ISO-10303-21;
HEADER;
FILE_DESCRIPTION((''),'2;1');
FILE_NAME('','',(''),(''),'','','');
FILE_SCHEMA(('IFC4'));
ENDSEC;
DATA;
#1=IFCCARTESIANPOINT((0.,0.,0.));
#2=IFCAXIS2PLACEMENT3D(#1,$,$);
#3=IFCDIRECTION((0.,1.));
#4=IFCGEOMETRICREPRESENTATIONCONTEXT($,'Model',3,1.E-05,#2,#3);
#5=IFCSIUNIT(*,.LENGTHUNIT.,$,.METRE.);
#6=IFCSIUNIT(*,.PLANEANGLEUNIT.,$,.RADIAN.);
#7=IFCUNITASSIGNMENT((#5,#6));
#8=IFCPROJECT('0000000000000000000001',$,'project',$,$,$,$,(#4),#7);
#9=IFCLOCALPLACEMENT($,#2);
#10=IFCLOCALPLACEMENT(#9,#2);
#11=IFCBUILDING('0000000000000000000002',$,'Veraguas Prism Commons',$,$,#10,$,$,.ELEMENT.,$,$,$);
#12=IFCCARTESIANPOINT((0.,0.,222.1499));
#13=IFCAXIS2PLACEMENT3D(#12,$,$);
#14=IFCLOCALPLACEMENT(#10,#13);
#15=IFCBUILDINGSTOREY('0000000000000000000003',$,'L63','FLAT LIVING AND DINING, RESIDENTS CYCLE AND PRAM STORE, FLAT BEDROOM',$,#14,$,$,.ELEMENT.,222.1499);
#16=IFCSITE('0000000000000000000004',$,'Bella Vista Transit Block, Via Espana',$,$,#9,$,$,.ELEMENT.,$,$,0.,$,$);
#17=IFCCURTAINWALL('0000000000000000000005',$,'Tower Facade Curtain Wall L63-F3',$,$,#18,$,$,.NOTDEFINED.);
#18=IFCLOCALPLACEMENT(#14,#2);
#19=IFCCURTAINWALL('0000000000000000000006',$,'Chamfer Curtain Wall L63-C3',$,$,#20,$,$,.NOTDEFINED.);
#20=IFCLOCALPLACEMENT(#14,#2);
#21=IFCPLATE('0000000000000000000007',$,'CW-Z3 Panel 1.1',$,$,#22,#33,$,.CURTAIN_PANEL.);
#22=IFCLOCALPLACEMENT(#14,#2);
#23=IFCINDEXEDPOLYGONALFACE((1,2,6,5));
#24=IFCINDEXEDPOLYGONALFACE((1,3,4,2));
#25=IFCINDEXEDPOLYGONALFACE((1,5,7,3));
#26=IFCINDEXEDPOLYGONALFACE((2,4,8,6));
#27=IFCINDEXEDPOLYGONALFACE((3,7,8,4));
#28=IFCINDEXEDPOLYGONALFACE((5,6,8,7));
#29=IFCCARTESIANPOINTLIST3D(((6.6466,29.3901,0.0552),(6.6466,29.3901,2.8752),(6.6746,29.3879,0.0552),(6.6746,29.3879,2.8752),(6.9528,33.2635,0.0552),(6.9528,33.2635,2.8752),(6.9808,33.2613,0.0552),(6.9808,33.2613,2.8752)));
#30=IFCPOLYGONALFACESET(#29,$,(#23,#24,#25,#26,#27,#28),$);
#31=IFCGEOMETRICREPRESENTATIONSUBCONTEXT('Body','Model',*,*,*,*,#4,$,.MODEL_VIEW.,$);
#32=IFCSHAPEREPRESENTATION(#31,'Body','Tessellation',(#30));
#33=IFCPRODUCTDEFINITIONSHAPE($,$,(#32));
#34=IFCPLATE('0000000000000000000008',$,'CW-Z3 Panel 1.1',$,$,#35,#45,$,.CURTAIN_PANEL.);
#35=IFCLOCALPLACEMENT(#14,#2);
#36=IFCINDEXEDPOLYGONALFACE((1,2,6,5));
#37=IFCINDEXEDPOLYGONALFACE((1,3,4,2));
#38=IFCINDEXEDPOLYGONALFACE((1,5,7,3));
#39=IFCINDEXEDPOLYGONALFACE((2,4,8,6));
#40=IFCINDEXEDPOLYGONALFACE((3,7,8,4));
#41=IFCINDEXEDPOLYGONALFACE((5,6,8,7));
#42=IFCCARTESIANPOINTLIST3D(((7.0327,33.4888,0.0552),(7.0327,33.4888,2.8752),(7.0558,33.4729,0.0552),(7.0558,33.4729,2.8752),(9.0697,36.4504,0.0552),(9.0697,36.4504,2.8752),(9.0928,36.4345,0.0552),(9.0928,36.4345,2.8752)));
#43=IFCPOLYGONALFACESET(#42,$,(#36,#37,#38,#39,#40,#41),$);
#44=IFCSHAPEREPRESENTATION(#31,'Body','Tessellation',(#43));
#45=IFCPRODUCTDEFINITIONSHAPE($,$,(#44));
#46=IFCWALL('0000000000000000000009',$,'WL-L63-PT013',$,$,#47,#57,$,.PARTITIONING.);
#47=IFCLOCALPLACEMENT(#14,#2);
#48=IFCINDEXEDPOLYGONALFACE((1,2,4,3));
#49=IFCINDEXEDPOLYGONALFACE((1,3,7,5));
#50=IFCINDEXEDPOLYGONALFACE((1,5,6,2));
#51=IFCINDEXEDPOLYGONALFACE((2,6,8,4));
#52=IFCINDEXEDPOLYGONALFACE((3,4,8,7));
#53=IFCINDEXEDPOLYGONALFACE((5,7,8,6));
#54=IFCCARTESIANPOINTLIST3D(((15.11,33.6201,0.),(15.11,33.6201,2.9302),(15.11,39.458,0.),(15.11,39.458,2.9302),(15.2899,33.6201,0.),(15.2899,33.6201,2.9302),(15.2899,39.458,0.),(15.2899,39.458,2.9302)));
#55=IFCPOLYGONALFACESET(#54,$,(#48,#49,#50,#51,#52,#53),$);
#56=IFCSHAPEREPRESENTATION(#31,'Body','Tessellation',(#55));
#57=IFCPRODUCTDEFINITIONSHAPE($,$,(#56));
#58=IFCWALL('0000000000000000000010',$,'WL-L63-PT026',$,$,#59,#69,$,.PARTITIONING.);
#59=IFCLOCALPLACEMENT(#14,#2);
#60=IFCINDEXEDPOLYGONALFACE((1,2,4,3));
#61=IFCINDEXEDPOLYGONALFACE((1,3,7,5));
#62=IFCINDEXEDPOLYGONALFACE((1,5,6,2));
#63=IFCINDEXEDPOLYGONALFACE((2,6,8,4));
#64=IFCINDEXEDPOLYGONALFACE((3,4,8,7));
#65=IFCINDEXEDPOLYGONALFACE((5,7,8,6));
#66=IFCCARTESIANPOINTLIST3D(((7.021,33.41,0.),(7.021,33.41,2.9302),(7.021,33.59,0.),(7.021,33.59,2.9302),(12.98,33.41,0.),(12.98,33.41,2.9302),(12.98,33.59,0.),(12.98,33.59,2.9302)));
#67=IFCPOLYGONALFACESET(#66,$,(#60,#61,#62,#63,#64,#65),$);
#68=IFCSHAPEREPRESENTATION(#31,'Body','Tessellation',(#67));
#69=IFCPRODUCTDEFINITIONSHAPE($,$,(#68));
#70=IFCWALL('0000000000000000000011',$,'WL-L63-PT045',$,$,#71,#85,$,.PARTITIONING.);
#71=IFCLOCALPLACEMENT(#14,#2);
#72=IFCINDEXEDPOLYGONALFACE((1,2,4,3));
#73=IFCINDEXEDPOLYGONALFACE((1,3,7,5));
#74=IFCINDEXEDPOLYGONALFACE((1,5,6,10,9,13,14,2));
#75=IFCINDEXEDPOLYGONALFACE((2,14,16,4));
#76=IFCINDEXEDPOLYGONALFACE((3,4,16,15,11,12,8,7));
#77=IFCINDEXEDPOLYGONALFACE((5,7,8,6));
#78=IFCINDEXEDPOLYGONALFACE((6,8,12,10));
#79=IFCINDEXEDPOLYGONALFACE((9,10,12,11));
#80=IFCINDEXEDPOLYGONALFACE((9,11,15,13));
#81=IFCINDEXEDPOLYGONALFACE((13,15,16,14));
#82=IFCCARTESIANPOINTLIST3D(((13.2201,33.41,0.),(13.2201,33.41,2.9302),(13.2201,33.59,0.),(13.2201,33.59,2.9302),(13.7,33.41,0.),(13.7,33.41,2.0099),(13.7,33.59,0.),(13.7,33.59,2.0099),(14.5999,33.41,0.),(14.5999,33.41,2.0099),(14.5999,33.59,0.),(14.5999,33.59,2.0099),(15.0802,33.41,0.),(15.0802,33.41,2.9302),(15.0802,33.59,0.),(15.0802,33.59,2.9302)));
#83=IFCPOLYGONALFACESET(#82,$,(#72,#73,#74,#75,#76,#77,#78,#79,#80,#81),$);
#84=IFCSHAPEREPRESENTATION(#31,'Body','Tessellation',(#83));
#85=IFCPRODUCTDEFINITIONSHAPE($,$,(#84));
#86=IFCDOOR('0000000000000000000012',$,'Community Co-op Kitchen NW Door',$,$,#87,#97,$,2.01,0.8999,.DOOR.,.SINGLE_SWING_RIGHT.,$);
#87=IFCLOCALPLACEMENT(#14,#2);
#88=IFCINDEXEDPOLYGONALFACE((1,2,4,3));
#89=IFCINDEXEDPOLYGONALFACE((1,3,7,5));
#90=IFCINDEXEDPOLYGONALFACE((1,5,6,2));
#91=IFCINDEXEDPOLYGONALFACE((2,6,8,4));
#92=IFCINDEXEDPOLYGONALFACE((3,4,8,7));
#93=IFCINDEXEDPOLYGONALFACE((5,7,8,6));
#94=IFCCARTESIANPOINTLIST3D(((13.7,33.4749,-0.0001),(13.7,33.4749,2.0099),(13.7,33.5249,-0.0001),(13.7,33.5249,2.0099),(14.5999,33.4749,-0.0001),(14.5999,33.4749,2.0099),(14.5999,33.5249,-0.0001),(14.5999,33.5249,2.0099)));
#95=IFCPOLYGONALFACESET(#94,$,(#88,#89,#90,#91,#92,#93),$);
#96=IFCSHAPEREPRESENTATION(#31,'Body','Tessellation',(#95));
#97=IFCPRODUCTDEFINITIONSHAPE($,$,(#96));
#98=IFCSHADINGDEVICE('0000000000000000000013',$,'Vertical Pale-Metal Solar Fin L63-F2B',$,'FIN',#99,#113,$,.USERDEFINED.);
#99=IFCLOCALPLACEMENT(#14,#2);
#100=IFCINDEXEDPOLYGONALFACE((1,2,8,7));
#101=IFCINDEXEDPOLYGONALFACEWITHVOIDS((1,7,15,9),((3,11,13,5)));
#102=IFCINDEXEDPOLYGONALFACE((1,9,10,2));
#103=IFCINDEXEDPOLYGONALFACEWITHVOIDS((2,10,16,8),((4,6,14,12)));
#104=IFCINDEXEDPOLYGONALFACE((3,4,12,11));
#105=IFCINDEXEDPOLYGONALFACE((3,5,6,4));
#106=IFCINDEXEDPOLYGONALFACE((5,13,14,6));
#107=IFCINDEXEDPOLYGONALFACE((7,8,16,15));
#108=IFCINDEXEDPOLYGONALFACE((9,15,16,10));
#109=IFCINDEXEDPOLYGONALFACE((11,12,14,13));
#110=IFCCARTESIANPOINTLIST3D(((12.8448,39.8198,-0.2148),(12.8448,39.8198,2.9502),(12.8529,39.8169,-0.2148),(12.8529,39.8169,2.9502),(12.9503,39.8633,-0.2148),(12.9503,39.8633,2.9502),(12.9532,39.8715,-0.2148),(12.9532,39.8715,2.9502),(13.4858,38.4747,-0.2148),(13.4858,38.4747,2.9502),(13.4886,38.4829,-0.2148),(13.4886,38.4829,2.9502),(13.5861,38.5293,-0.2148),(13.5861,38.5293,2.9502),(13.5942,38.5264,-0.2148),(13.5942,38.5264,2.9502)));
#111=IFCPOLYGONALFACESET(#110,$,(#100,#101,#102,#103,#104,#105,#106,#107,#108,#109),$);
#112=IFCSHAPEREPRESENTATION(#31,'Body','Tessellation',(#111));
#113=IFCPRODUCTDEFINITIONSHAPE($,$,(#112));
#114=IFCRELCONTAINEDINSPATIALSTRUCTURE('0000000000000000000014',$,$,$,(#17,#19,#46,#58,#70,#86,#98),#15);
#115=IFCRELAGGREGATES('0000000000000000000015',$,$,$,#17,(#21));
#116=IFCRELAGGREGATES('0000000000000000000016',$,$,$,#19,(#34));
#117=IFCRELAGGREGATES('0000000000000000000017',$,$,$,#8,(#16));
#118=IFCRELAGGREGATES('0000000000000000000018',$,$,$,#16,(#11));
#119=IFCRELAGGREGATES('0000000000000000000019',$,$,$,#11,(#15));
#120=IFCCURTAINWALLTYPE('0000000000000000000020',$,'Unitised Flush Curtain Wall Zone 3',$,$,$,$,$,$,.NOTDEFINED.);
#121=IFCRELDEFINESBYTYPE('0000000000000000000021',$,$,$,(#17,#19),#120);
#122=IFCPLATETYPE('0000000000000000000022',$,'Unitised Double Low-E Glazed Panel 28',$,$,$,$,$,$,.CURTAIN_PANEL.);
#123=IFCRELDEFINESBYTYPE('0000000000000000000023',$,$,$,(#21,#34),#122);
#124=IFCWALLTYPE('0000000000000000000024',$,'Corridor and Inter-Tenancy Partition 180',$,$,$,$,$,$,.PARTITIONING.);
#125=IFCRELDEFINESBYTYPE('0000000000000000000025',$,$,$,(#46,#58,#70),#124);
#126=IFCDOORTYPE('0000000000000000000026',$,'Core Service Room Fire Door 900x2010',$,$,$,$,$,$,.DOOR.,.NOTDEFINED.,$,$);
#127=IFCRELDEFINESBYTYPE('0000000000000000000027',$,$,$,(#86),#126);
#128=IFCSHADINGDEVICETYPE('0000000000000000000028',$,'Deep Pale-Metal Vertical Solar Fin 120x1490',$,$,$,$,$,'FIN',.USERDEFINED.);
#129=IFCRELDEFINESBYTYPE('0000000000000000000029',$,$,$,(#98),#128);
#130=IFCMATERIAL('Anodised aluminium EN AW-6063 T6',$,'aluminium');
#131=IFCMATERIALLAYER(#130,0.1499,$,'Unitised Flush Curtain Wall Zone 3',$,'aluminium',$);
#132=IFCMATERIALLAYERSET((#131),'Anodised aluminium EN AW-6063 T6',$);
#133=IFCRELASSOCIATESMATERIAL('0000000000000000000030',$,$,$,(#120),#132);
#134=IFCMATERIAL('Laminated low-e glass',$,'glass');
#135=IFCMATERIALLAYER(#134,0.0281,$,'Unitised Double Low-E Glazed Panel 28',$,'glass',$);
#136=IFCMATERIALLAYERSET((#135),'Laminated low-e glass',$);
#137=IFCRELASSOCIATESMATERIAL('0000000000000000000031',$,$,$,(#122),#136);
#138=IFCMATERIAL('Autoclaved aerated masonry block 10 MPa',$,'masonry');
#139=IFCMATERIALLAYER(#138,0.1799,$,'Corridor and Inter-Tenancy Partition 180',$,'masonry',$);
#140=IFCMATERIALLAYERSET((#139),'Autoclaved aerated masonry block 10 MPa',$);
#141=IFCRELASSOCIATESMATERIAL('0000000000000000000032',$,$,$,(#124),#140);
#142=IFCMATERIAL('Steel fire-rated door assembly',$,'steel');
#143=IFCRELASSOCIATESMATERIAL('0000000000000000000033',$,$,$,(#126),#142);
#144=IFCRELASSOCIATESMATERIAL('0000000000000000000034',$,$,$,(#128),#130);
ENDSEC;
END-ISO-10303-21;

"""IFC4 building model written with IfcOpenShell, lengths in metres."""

from ifc_helpers import new_model, si_unit, direction, frame, frame_2d, origin, origin_2d, place, context, subcontext, project, spatial, rectangle, hollow_rectangle, extrude, source, transform, mapped, material, layer, layer_set, material_profile, profile_set, type_object, element, fill, aggregate, save


model = new_model("IFC4")

# Units and contexts
model_context = context("Model", 3, precision=1e-05, world=origin(), true_north=direction((0.0, 1.0)))
body_context = subcontext(model_context, "Body", "Model", "MODEL_VIEW")
ifc_project = project(units=[si_unit("LENGTHUNIT", "METRE"), si_unit("PLANEANGLEUNIT", "RADIAN")], contexts=[model_context])

# Site, building, storey
site_placement = place(None, origin())
site = spatial("IfcSite", under=ifc_project, at=site_placement, Name="Bella Vista Transit Block, Via Espana", CompositionType="ELEMENT", RefElevation=0.0)
building_placement = place(site_placement, origin())
building = spatial("IfcBuilding", under=site, at=building_placement, Name="Veraguas Prism Commons", CompositionType="ELEMENT")
storey_placement = place(building_placement, frame((0.0, 0.0, 222.1499)))
storey = spatial("IfcBuildingStorey", under=building, at=storey_placement, Name="L63", Description="FLAT LIVING AND DINING, RESIDENTS CYCLE AND PRAM STORE, FLAT BEDROOM", CompositionType="ELEMENT", Elevation=222.1499)

# Curtain walls
ifc_material_1 = material(Name="Anodised aluminium EN AW-6063 T6", Category="aluminium")
ifc_layer_1 = layer(ifc_material_1, 0.1499, Name="Unitised Flush Curtain Wall Zone 3", Category="aluminium")
ifc_layer_set_1 = layer_set([ifc_layer_1], Name="Anodised aluminium EN AW-6063 T6")
curtain_wall_type = type_object("IfcCurtainWallType", Name="Unitised Flush Curtain Wall Zone 3", PredefinedType="NOTDEFINED", material=ifc_layer_set_1)
curtain_wall_1_placement = place(storey_placement, origin())
curtain_wall_1 = element("IfcCurtainWall", 1, at=curtain_wall_1_placement, inside=storey, type_object=curtain_wall_type, Name="Tower Facade Curtain Wall L63-F3", PredefinedType="NOTDEFINED")
curtain_wall_2_placement = place(storey_placement, origin())
curtain_wall_2 = element("IfcCurtainWall", 2, at=curtain_wall_2_placement, inside=storey, type_object=curtain_wall_type, Name="Chamfer Curtain Wall L63-C3", PredefinedType="NOTDEFINED")

# Plates
ifc_material_2 = material(Name="Laminated low-e glass", Category="glass")
ifc_layer_2 = layer(ifc_material_2, 0.0281, Name="Unitised Double Low-E Glazed Panel 28", Category="glass")
ifc_layer_set_2 = layer_set([ifc_layer_2], Name="Laminated low-e glass")
plate_type = type_object("IfcPlateType", Name="Unitised Double Low-E Glazed Panel 28", PredefinedType="CURTAIN_PANEL", material=ifc_layer_set_2)
shared_shape_1 = source(origin(), body_context, "Body", "SweptSolid", [
    extrude(rectangle(XDim=3.8855, YDim=0.0281, at=origin_2d()), origin(), (0.0, 0.0, 1.0), 2.8201),
])
plate_1_placement = place(storey_placement, frame((6.8137, 31.3257, 0.0552), z_axis=(0.0, 0.0, 1.0), x_axis=(-0.078812, -0.996889, 0.0)))
plate_1 = element("IfcPlate", 3, at=plate_1_placement, type_object=plate_type, Name="CW-Z3 Panel 1.1", PredefinedType="CURTAIN_PANEL", context=body_context, shape_type="MappedRepresentation", body=[
    mapped(shared_shape_1, transform((0.0, 0.0, 0.0), scale=1.0)),
])
aggregate(curtain_wall_1, [plate_1])
shared_shape_2 = source(origin(), body_context, "Body", "SweptSolid", [
    extrude(rectangle(XDim=3.5945, YDim=0.0281, at=origin_2d()), origin(), (0.0, 0.0, 1.0), 2.8201),
])
plate_2_placement = place(storey_placement, frame((8.0627, 34.9617, 0.0552), z_axis=(0.0, 0.0, 1.0), x_axis=(-0.566688, -0.823932, 0.0)))
plate_2 = element("IfcPlate", 4, at=plate_2_placement, type_object=plate_type, Name="CW-Z3 Panel 1.1", PredefinedType="CURTAIN_PANEL", context=body_context, shape_type="MappedRepresentation", body=[
    mapped(shared_shape_2, transform((0.0, 0.0, 0.0), scale=1.0)),
])
aggregate(curtain_wall_2, [plate_2])

# Walls
ifc_material_3 = material(Name="Autoclaved aerated masonry block 10 MPa", Category="masonry")
ifc_layer_3 = layer(ifc_material_3, 0.1799, Name="Corridor and Inter-Tenancy Partition 180", Category="masonry")
ifc_layer_set_3 = layer_set([ifc_layer_3], Name="Autoclaved aerated masonry block 10 MPa")
wall_type = type_object("IfcWallType", Name="Corridor and Inter-Tenancy Partition 180", PredefinedType="PARTITIONING", material=ifc_layer_set_3)
wall_1_placement = place(storey_placement, frame((15.2, 33.6201, 0.0), z_axis=(0.0, 0.0, 1.0), x_axis=(0.0, 1.0, 0.0)))
element("IfcWall", 5, at=wall_1_placement, inside=storey, type_object=wall_type, Name="WL-L63-PT013", PredefinedType="PARTITIONING", context=body_context, shape_type="SweptSolid", body=[
    extrude(rectangle(XDim=5.8379, YDim=0.1799, at=frame_2d((2.9189, 0.0))), origin(), (0.0, 0.0, 1.0), 2.9302),
])
wall_2_placement = place(storey_placement, frame((12.98, 33.5, 0.0), z_axis=(0.0, 0.0, 1.0), x_axis=(-1.0, 0.0, 0.0)))
element("IfcWall", 6, at=wall_2_placement, inside=storey, type_object=wall_type, Name="WL-L63-PT026", PredefinedType="PARTITIONING", context=body_context, shape_type="SweptSolid", body=[
    extrude(rectangle(XDim=5.959, YDim=0.1799, at=frame_2d((2.9795, 0.0))), origin(), (0.0, 0.0, 1.0), 2.9302),
])

# Wall, opening, door
wall_3_placement = place(storey_placement, frame((13.22, 33.5, 0.0), z_axis=(0.0, 0.0, 1.0), x_axis=(1.0, 0.0, 0.0)))
wall_3 = element("IfcWall", 7, at=wall_3_placement, inside=storey, type_object=wall_type, Name="WL-L63-PT045", PredefinedType="PARTITIONING", context=body_context, shape_type="SweptSolid", body=[
    extrude(rectangle(XDim=1.8601, YDim=0.1799, at=frame_2d((0.9302, 0.0))), origin(), (0.0, 0.0, 1.0), 2.9302),
])
opening_placement = place(wall_3_placement, frame((0.48, 0.0, 0.0)))
opening = element("IfcOpeningElement", 8, at=opening_placement, cuts=wall_3, PredefinedType="OPENING", context=body_context, shape_type="SweptSolid", body=[
    extrude(rectangle(XDim=0.8999, YDim=2.01, at=frame_2d((0.45, 1.0049))), frame((0.0, 0.0999, 0.0), z_axis=(0.0, -1.0, 0.0), x_axis=(1.0, 0.0, 0.0)), (0.0, 0.0, 1.0), 0.2),
])
ifc_material_4 = material(Name="Steel fire-rated door assembly", Category="steel")
door_type = type_object("IfcDoorType", Name="Core Service Room Fire Door 900x2010", OperationType="NOTDEFINED", PredefinedType="DOOR", material=ifc_material_4)
shared_shape_3 = source(origin(), body_context, "Body", "SweptSolid", [
    extrude(rectangle(XDim=0.8999, YDim=2.01, at=frame_2d((0.45, 1.0049))), frame((0.0, 0.0249, 0.0), z_axis=(0.0, -1.0, 0.0), x_axis=(1.0, 0.0, 0.0)), (0.0, 0.0, 1.0), 0.05),
])
door_placement = place(opening_placement, origin())
door = element("IfcDoor", 9, at=door_placement, inside=storey, type_object=door_type, Name="Community Co-op Kitchen NW Door", OperationType="SINGLE_SWING_RIGHT", OverallHeight=2.01, OverallWidth=0.8999, PredefinedType="DOOR", context=body_context, shape_type="MappedRepresentation", body=[
    mapped(shared_shape_3, transform((0.0, 0.0, 0.0), scale=1.0)),
])
fill(opening, door)

# Shading device
ifc_material_profile_1 = material_profile(ifc_material_1, hollow_rectangle(XDim=0.1201, YDim=1.49, WallThickness=0.0061, at=origin_2d()), Name="FIN120X1490X6")
ifc_profile_set_1 = profile_set([ifc_material_profile_1], Name="Anodised aluminium EN AW-6063 T6")
shading_device_type = type_object("IfcShadingDeviceType", Name="Deep Pale-Metal Vertical Solar Fin 120x1490", ElementType="FIN", PredefinedType="USERDEFINED", material=ifc_profile_set_1)
shading_device_placement = place(storey_placement, frame((13.2195, 39.1731, -0.2148), z_axis=(0.0, 0.0, 1.0), x_axis=(-0.902735, -0.430198, 0.0)))
element("IfcShadingDevice", 10, at=shading_device_placement, inside=storey, type_object=shading_device_type, Name="Vertical Pale-Metal Solar Fin L63-F2B", ObjectType="FIN", PredefinedType="USERDEFINED", context=body_context, shape_type="SweptSolid", body=[
    extrude(hollow_rectangle(XDim=0.1201, YDim=1.49, WallThickness=0.0061, at=origin_2d()), origin(), (0.0, 0.0, 1.0), 3.165),
])

save(model, "model.ifc")
